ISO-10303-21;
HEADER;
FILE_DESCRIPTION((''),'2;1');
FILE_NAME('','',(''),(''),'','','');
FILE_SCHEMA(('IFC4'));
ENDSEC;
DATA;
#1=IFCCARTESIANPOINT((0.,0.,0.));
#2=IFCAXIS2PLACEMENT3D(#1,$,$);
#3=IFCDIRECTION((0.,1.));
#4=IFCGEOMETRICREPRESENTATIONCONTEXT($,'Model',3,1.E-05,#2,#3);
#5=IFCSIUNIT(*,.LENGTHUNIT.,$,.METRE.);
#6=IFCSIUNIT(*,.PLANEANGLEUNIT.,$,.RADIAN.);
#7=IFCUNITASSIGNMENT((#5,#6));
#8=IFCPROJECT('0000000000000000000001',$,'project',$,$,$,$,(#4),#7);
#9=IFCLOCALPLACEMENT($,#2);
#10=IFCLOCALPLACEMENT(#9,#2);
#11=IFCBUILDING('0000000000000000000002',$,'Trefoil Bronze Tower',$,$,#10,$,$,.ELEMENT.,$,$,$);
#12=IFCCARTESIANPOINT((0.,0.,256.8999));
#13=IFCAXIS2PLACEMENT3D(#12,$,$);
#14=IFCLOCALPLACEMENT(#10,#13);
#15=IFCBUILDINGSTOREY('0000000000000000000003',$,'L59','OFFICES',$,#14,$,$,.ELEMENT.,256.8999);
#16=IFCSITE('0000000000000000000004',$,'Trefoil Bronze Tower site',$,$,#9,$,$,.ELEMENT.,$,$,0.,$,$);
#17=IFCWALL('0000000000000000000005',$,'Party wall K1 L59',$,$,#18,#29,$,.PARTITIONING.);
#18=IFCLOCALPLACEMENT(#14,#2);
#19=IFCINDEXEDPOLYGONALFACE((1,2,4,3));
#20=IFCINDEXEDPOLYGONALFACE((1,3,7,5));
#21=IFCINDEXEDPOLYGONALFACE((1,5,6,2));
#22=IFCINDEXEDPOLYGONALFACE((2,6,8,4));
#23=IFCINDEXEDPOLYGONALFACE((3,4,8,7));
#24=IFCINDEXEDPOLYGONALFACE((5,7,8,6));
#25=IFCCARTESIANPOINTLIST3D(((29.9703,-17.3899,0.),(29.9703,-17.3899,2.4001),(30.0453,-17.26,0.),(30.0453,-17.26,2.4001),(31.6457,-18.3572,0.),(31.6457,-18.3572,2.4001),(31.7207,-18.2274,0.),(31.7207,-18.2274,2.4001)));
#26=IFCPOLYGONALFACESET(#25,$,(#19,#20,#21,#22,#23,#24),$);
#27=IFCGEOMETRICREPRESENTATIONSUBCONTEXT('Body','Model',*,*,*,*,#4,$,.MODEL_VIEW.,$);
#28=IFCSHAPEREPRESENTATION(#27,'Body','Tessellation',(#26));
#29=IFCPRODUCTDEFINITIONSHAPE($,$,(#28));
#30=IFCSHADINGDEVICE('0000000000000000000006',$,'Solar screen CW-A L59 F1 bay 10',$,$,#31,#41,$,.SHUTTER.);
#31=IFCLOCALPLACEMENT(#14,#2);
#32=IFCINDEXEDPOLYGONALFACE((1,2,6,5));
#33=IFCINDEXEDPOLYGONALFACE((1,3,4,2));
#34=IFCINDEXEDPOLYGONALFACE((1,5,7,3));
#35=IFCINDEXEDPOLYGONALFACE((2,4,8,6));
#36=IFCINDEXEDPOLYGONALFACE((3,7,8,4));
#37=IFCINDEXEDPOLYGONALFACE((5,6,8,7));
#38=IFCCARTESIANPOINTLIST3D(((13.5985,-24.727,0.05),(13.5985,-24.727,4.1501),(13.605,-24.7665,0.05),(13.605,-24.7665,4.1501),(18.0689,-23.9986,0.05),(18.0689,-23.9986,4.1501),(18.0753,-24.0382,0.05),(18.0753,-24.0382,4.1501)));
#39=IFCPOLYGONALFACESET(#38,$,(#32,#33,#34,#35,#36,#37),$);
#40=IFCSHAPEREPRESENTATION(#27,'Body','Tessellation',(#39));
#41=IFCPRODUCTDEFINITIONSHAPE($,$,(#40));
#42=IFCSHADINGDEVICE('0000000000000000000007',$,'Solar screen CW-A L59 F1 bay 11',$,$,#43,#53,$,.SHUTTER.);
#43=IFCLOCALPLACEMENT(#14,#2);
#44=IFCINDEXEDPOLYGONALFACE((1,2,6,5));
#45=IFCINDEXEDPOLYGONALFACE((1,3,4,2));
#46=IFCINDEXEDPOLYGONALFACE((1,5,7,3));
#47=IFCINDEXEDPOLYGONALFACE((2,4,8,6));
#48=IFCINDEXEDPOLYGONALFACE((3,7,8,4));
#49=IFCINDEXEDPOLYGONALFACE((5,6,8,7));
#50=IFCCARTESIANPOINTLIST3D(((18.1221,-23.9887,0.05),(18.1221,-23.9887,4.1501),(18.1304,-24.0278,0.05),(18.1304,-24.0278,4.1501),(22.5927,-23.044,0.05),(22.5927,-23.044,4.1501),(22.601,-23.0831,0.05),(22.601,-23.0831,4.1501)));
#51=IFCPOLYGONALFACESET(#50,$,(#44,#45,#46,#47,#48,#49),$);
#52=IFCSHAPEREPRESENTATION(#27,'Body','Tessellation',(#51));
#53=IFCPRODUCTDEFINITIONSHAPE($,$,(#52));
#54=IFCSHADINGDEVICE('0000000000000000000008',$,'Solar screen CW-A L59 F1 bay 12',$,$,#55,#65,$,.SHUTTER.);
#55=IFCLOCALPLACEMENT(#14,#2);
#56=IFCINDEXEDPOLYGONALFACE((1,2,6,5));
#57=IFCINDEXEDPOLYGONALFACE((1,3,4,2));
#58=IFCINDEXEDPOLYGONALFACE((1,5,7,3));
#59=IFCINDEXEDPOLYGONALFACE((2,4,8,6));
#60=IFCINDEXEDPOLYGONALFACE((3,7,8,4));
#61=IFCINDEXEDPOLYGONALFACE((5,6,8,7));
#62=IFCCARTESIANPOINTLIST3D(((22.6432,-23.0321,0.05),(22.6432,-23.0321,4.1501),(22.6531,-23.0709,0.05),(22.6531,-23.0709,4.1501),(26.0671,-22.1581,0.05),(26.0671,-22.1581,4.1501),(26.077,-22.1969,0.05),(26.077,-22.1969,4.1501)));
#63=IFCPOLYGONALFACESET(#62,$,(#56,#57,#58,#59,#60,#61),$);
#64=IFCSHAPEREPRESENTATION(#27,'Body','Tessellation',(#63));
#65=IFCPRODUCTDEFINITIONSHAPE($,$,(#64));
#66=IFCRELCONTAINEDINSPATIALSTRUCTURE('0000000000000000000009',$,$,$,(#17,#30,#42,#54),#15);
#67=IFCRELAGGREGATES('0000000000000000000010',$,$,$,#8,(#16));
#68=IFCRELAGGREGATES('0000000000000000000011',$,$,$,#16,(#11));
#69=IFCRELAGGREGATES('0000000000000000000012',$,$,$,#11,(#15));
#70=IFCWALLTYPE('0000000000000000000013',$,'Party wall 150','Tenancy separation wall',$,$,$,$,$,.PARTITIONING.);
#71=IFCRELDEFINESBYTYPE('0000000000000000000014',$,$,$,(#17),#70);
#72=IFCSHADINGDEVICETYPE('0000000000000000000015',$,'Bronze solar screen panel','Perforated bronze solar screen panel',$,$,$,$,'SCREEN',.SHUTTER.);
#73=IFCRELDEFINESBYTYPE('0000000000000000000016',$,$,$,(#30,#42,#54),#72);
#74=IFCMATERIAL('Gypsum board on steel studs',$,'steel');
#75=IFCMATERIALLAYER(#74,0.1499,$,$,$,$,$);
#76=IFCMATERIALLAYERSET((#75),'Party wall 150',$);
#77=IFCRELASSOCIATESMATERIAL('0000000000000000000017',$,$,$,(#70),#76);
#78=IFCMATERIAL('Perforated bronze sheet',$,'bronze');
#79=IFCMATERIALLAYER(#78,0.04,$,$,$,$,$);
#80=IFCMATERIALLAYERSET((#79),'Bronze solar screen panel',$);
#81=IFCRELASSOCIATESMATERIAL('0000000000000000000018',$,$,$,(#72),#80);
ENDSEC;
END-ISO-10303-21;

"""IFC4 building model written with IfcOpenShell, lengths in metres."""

from ifc_helpers import new_model, si_unit, direction, frame, frame_2d, origin, origin_2d, place, context, subcontext, project, spatial, rectangle, extrude, material, layer, layer_set, type_object, element, save


model = new_model("IFC4")

# Units and contexts
model_context = context("Model", 3, precision=1e-05, world=origin(), true_north=direction((0.0, 1.0)))
body_context = subcontext(model_context, "Body", "Model", "MODEL_VIEW")
ifc_project = project(units=[si_unit("LENGTHUNIT", "METRE"), si_unit("PLANEANGLEUNIT", "RADIAN")], contexts=[model_context])

# Site, building, storey
site_placement = place(None, origin())
site = spatial("IfcSite", under=ifc_project, at=site_placement, Name="Trefoil Bronze Tower site", CompositionType="ELEMENT", RefElevation=0.0)
building_placement = place(site_placement, origin())
building = spatial("IfcBuilding", under=site, at=building_placement, Name="Trefoil Bronze Tower", CompositionType="ELEMENT")
storey_placement = place(building_placement, frame((0.0, 0.0, 256.8999)))
storey = spatial("IfcBuildingStorey", under=building, at=storey_placement, Name="L59", Description="OFFICES", CompositionType="ELEMENT", Elevation=256.8999)

# Wall
ifc_material_1 = material(Name="Gypsum board on steel studs", Category="steel")
ifc_layer_1 = layer(ifc_material_1, 0.1499)
ifc_layer_set_1 = layer_set([ifc_layer_1], Name="Party wall 150")
wall_type = type_object("IfcWallType", Name="Party wall 150", Description="Tenancy separation wall", PredefinedType="PARTITIONING", material=ifc_layer_set_1)
wall_placement = place(storey_placement, frame((30.0078, -17.325, 0.0), z_axis=(0.0, 0.0, 1.0), x_axis=(0.866013, -0.500021, 0.0)))
element("IfcWall", 1, at=wall_placement, inside=storey, type_object=wall_type, Name="Party wall K1 L59", PredefinedType="PARTITIONING", context=body_context, shape_type="SweptSolid", body=[
    extrude(rectangle(XDim=1.9346, YDim=0.1499, at=frame_2d((0.9673, 0.0))), origin(), (0.0, 0.0, 1.0), 2.4001),
])

# Shading devices
ifc_material_2 = material(Name="Perforated bronze sheet", Category="bronze")
ifc_layer_2 = layer(ifc_material_2, 0.04)
ifc_layer_set_2 = layer_set([ifc_layer_2], Name="Bronze solar screen panel")
shading_device_type = type_object("IfcShadingDeviceType", Name="Bronze solar screen panel", Description="Perforated bronze solar screen panel", ElementType="SCREEN", PredefinedType="SHUTTER", material=ifc_layer_set_2)
shading_device_1_placement = place(storey_placement, frame((15.8369, -24.3826, 0.05), z_axis=(0.0, 0.0, 1.0), x_axis=(0.986987, 0.160803, 0.0)))
element("IfcShadingDevice", 2, at=shading_device_1_placement, inside=storey, type_object=shading_device_type, Name="Solar screen CW-A L59 F1 bay 10", PredefinedType="SHUTTER", context=body_context, shape_type="SweptSolid", body=[
    extrude(rectangle(XDim=4.5293, YDim=0.04, at=origin_2d()), origin(), (0.0, 0.0, 1.0), 4.1001),
])
shading_device_2_placement = place(storey_placement, frame((20.3616, -23.5359, 0.05), z_axis=(0.0, 0.0, 1.0), x_axis=(0.978394, 0.206747, 0.0)))
element("IfcShadingDevice", 3, at=shading_device_2_placement, inside=storey, type_object=shading_device_type, Name="Solar screen CW-A L59 F1 bay 11", PredefinedType="SHUTTER", context=body_context, shape_type="SweptSolid", body=[
    extrude(rectangle(XDim=4.5693, YDim=0.04, at=origin_2d()), origin(), (0.0, 0.0, 1.0), 4.1001),
])
shading_device_3_placement = place(storey_placement, frame((24.3601, -22.6145, 0.05), z_axis=(0.0, 0.0, 1.0), x_axis=(0.968934, 0.247319, 0.0)))
element("IfcShadingDevice", 4, at=shading_device_3_placement, inside=storey, type_object=shading_device_type, Name="Solar screen CW-A L59 F1 bay 12", PredefinedType="SHUTTER", context=body_context, shape_type="SweptSolid", body=[
    extrude(rectangle(XDim=3.5337, YDim=0.04, at=origin_2d()), origin(), (0.0, 0.0, 1.0), 4.1001),
])

save(model, "model.ifc")
